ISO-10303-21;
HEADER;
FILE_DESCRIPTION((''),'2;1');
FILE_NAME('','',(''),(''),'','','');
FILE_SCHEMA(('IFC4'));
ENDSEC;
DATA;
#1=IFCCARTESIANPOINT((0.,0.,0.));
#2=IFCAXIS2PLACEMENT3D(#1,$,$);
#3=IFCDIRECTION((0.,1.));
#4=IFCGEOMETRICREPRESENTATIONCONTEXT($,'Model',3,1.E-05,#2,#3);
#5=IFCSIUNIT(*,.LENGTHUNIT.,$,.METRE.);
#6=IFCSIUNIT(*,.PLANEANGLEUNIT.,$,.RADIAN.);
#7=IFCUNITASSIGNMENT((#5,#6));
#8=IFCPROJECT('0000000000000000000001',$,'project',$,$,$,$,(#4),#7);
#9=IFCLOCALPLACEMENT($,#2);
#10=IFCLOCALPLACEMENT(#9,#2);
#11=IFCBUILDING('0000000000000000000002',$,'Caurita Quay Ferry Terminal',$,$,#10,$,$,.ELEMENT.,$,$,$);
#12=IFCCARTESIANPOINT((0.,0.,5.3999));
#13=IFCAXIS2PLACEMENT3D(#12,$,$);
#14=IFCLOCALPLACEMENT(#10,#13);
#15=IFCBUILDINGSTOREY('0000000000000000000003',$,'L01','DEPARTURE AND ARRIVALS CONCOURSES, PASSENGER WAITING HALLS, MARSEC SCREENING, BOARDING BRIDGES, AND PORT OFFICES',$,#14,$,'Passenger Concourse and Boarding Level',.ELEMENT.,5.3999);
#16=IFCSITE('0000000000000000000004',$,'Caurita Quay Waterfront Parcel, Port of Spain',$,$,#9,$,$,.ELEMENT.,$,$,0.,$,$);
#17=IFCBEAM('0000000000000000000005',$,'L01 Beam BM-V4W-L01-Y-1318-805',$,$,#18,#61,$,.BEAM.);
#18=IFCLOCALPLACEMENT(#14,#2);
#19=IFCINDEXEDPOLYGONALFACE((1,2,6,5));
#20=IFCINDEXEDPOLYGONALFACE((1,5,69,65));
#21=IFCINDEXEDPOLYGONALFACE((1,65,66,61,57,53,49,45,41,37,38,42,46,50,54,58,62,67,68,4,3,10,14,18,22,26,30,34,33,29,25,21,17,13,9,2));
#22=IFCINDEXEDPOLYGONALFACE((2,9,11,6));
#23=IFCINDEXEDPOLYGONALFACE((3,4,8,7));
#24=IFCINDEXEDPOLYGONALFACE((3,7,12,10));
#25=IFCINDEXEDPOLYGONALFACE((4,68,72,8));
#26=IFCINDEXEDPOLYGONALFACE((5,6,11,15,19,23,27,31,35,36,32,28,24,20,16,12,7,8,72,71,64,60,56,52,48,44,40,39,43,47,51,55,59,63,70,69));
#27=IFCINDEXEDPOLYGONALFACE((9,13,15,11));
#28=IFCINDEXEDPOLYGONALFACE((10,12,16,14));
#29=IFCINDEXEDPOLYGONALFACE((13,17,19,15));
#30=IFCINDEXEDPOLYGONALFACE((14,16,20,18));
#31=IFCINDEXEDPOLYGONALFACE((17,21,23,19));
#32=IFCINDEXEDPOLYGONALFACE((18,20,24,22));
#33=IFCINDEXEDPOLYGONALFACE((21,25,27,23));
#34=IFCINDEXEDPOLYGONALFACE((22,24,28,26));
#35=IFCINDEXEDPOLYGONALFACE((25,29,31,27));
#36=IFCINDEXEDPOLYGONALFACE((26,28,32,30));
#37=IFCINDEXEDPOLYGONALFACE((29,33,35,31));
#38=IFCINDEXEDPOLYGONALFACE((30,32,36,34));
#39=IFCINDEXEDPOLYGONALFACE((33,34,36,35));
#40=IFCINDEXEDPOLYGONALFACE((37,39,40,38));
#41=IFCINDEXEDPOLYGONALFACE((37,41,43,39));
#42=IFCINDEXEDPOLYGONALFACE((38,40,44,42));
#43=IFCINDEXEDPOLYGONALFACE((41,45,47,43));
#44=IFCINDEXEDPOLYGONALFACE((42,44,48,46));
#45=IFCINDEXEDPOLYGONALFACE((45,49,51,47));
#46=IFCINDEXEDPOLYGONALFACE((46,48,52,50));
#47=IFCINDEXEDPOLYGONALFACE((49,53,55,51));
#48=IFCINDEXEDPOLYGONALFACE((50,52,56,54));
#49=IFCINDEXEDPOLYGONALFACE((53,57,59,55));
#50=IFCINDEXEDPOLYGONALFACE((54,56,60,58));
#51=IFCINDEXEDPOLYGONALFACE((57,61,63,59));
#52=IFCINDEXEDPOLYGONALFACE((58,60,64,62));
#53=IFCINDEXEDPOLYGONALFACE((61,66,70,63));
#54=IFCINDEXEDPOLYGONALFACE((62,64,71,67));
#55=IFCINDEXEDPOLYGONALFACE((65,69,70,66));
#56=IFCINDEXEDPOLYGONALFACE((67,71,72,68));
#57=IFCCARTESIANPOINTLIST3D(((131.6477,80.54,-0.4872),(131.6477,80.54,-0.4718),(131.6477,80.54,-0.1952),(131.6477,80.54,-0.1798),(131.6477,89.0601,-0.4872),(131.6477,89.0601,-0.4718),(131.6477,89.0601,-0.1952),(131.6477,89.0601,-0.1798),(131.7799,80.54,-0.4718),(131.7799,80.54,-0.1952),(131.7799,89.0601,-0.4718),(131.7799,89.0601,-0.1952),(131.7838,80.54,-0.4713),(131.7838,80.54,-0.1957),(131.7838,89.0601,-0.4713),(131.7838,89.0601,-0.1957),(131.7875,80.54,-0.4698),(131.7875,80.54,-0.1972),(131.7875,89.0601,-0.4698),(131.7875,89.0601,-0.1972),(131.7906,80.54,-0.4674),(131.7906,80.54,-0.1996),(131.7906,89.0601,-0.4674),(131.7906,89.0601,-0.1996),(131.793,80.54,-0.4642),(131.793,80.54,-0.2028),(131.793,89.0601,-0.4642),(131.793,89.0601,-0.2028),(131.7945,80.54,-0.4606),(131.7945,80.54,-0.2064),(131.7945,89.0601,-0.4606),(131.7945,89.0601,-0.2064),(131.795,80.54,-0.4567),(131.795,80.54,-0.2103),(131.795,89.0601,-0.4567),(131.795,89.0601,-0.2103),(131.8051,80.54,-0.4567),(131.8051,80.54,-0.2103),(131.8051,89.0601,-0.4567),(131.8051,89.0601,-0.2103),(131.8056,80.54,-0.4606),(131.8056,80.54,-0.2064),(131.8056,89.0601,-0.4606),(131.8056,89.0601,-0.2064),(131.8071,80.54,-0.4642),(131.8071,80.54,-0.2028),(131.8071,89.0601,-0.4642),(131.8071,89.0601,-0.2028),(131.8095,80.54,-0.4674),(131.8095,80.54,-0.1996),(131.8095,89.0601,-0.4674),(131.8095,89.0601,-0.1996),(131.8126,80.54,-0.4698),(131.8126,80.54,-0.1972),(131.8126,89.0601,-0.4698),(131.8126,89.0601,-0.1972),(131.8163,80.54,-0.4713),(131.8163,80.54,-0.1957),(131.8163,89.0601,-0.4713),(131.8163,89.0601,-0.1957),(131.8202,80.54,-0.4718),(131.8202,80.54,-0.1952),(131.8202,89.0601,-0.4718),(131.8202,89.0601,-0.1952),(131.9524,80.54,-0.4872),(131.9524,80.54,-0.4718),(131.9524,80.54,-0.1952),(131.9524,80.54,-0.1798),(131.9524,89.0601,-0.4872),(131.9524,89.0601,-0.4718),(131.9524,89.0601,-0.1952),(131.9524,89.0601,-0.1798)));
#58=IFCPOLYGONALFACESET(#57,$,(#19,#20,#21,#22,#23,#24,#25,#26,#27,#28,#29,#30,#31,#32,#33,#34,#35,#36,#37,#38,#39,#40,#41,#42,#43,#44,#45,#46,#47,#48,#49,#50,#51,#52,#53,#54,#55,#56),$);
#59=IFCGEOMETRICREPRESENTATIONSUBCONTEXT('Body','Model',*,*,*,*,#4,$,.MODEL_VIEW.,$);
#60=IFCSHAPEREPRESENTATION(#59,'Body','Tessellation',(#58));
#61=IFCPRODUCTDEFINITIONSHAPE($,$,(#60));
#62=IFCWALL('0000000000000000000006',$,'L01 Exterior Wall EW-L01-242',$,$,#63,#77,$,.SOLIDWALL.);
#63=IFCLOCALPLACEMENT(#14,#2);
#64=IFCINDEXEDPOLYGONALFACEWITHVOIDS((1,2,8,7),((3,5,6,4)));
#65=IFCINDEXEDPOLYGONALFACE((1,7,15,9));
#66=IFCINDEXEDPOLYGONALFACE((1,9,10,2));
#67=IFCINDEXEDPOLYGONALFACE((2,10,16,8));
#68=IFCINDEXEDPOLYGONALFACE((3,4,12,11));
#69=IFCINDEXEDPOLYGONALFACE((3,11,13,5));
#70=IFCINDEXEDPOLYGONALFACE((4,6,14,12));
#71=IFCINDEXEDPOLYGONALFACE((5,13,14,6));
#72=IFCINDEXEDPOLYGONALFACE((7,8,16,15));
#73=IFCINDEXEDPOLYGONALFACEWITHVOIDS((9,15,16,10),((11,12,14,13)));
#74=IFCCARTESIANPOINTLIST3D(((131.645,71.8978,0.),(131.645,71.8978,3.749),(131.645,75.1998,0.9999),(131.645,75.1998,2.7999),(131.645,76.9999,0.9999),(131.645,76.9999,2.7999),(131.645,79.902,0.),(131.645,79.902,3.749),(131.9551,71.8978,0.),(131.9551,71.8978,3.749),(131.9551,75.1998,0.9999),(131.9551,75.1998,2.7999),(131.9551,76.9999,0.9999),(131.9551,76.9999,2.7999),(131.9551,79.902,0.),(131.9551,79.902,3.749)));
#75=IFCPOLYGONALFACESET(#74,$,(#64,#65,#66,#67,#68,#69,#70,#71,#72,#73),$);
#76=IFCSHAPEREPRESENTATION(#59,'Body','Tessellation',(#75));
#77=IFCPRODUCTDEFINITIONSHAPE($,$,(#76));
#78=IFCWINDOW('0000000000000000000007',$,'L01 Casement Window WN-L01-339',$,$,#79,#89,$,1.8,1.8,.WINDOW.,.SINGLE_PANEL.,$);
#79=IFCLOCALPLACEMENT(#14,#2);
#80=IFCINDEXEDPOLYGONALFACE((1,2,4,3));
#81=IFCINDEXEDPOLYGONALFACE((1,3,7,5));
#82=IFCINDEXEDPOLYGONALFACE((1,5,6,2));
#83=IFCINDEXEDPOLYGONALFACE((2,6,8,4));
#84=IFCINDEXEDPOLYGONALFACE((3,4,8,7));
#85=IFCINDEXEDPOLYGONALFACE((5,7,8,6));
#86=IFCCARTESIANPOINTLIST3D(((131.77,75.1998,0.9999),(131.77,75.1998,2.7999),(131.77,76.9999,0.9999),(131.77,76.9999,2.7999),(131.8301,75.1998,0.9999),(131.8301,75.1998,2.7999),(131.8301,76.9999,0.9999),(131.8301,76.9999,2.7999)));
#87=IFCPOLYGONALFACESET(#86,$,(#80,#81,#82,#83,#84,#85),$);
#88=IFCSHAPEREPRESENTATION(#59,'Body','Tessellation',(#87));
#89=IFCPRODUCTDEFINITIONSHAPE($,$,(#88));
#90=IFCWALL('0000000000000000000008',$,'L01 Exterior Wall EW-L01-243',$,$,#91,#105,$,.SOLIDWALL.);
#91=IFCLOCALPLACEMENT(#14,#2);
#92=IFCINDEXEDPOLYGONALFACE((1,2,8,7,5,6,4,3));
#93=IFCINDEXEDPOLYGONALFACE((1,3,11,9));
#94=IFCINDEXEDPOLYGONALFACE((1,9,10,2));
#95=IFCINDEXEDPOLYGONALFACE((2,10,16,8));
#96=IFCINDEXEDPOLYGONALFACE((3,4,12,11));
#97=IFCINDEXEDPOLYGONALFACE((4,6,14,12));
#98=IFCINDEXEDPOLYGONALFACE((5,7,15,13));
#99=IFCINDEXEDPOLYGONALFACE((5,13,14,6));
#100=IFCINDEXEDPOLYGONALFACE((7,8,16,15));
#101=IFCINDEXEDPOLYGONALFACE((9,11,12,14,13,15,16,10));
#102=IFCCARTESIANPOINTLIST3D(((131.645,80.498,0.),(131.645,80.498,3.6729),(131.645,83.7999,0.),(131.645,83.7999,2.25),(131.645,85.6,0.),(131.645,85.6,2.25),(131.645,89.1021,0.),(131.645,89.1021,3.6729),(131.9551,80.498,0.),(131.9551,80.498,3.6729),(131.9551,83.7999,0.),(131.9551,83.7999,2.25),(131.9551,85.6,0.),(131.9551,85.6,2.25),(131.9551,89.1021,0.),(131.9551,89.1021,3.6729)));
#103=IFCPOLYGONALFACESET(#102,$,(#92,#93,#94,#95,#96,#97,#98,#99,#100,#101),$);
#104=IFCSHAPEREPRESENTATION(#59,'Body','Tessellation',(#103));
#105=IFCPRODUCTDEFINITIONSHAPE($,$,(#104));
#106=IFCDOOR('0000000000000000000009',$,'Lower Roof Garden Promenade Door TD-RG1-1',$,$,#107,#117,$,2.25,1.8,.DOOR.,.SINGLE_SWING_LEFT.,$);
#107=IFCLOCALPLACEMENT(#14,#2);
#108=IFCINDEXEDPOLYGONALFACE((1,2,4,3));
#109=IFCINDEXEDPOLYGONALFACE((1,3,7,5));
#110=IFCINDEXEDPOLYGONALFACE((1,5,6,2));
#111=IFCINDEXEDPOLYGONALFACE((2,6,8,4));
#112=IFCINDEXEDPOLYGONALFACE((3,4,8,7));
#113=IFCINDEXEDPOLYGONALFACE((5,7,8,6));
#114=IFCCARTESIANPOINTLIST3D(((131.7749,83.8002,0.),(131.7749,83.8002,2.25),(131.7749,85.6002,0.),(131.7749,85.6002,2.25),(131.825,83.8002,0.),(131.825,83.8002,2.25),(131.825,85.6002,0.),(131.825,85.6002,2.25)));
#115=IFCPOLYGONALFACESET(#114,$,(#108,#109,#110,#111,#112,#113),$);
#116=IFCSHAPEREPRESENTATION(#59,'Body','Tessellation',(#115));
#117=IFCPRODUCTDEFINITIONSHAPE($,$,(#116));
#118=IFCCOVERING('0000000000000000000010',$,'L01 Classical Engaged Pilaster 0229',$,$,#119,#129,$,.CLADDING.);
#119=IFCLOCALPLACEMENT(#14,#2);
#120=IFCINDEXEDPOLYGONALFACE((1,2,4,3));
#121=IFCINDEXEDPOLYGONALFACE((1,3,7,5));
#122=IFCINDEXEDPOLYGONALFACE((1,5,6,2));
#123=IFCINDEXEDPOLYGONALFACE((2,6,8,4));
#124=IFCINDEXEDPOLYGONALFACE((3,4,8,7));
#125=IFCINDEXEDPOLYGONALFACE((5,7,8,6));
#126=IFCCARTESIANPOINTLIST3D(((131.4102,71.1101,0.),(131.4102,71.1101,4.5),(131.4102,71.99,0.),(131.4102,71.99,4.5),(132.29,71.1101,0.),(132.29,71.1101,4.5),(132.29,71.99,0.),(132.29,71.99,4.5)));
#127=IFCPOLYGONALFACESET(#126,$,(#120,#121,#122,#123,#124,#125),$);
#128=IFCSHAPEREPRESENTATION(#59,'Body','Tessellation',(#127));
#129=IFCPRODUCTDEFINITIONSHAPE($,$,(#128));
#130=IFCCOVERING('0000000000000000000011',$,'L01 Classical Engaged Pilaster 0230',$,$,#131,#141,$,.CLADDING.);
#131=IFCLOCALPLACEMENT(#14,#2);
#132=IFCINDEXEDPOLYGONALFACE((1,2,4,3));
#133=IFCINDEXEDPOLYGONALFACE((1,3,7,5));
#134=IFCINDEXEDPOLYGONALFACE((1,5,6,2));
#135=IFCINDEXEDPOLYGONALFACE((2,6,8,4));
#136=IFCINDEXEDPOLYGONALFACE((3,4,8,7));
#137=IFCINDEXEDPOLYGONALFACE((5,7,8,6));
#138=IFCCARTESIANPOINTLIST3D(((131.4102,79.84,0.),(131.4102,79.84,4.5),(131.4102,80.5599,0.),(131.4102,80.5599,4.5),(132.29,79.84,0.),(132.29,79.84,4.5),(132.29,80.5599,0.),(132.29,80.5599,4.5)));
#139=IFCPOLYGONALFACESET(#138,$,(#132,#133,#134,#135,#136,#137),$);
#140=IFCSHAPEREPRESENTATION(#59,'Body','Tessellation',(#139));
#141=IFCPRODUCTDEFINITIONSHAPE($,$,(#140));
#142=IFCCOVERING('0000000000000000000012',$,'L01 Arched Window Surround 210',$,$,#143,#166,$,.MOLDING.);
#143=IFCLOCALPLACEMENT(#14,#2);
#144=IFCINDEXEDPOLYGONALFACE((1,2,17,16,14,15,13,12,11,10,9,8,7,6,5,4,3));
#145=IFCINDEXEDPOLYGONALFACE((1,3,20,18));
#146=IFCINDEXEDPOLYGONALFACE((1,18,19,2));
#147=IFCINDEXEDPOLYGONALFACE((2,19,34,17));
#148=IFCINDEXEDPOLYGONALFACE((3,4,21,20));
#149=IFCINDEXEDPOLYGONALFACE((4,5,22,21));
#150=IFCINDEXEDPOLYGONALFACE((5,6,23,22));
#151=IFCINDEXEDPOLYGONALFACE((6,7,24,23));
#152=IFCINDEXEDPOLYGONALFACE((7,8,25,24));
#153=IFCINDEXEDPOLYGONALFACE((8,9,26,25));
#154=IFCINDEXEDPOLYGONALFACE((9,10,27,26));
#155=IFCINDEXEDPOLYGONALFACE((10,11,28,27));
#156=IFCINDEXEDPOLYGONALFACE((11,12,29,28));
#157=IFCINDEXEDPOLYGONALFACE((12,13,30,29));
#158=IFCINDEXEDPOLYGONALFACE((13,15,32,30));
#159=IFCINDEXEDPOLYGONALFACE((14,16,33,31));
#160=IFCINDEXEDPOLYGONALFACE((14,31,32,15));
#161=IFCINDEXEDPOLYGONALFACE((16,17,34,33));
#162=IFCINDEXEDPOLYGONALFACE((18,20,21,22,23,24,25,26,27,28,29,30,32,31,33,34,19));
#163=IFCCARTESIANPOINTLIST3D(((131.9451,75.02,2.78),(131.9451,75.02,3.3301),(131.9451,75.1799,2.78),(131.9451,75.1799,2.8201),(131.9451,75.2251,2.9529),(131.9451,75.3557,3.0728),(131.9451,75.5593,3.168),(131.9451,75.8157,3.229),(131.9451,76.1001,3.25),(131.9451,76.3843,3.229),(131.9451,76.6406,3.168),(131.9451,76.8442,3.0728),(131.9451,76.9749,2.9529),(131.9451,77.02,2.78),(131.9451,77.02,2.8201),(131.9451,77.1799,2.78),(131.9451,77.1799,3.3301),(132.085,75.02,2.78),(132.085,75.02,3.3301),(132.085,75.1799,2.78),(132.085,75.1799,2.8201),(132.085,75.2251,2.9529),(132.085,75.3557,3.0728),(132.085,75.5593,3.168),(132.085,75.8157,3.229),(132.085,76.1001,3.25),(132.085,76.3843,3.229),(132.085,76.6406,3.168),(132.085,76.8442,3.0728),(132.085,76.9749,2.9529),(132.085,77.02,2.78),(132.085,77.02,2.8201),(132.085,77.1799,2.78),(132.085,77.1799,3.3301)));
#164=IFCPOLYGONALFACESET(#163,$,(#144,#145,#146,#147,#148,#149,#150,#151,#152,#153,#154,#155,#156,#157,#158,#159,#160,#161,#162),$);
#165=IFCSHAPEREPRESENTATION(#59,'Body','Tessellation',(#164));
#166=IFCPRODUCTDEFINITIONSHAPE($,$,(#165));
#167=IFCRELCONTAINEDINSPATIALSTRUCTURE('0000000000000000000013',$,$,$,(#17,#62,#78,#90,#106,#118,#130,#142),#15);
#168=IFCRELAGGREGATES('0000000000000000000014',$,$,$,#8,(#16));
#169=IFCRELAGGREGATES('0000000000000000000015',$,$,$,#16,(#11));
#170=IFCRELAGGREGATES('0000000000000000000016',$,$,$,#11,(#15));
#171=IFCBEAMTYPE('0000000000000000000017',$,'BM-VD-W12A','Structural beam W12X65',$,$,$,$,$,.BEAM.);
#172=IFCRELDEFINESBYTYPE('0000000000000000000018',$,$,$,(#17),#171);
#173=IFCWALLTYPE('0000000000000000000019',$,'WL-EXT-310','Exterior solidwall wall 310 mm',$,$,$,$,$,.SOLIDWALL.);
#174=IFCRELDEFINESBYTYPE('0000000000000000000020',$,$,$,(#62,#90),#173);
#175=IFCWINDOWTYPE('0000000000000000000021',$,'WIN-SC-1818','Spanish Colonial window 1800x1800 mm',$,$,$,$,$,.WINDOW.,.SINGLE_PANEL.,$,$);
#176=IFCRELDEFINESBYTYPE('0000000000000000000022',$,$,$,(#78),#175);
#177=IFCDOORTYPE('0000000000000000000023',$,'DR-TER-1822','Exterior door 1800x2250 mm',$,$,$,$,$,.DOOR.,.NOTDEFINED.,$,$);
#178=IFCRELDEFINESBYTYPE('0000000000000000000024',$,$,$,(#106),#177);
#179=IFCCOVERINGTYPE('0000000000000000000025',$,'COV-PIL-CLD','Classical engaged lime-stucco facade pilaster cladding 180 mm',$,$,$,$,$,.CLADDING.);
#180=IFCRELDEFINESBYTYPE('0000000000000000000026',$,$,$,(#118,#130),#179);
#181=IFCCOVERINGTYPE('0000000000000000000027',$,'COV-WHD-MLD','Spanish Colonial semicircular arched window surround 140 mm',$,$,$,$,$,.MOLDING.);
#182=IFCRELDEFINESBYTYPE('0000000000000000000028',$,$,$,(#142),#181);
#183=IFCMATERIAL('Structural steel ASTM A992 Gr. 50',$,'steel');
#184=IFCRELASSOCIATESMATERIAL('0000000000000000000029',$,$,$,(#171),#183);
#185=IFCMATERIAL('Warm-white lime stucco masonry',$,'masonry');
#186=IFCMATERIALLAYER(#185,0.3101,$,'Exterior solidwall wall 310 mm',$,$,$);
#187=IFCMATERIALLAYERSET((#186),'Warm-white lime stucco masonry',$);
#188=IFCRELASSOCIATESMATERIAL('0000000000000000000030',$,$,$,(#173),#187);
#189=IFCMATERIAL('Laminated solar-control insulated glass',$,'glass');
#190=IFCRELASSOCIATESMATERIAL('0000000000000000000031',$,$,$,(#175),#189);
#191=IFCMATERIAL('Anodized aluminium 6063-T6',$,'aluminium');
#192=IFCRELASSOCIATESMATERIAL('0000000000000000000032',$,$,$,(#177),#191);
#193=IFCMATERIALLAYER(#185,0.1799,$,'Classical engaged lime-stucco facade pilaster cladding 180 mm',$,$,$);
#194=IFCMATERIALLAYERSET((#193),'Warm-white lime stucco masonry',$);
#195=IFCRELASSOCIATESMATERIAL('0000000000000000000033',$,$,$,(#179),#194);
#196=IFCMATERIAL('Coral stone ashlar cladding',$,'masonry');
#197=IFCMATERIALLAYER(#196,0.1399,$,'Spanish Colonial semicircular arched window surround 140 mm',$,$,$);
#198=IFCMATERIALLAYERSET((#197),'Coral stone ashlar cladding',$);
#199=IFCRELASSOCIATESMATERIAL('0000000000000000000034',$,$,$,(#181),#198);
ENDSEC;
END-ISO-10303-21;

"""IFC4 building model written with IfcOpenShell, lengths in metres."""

from ifc_helpers import new_model, si_unit, direction, frame, frame_2d, origin, origin_2d, place, context, subcontext, project, spatial, polyline, rectangle, i_section, outline, extrude, material, layer, layer_set, material_profile, profile_set, type_object, element, fill, save


model = new_model("IFC4")

# Units and contexts
model_context = context("Model", 3, precision=1e-05, world=origin(), true_north=direction((0.0, 1.0)))
body_context = subcontext(model_context, "Body", "Model", "MODEL_VIEW")
ifc_project = project(units=[si_unit("LENGTHUNIT", "METRE"), si_unit("PLANEANGLEUNIT", "RADIAN")], contexts=[model_context])

# Site, building, storey
site_placement = place(None, origin())
site = spatial("IfcSite", under=ifc_project, at=site_placement, Name="Caurita Quay Waterfront Parcel, Port of Spain", CompositionType="ELEMENT", RefElevation=0.0)
building_placement = place(site_placement, origin())
building = spatial("IfcBuilding", under=site, at=building_placement, Name="Caurita Quay Ferry Terminal", CompositionType="ELEMENT")
storey_placement = place(building_placement, frame((0.0, 0.0, 5.3999)))
storey = spatial("IfcBuildingStorey", under=building, at=storey_placement, Name="L01", Description="DEPARTURE AND ARRIVALS CONCOURSES, PASSENGER WAITING HALLS, MARSEC SCREENING, BOARDING BRIDGES, AND PORT OFFICES", LongName="Passenger Concourse and Boarding Level", CompositionType="ELEMENT", Elevation=5.3999)

# Beam
ifc_material_1 = material(Name="Structural steel ASTM A992 Gr. 50", Category="steel")
ifc_material_profile_1 = material_profile(ifc_material_1, i_section(OverallWidth=0.3047, OverallDepth=0.3074, WebThickness=0.01, FlangeThickness=0.0154, FilletRadius=0.0151, at=origin_2d()), Name="W12X65")
ifc_profile_set_1 = profile_set([ifc_material_profile_1], Name="Structural steel ASTM A992 Gr. 50")
beam_type_1 = type_object("IfcBeamType", Name="BM-VD-W12A", Description="Structural beam W12X65", PredefinedType="BEAM", material=ifc_profile_set_1)
beam_1_placement = place(storey_placement, frame((131.8, 80.54, -0.3335), z_axis=(0.0, 1.0, 0.0), x_axis=(-1.0, 0.0, 0.0)))
element("IfcBeam", 1, at=beam_1_placement, inside=storey, type_object=beam_type_1, Name="L01 Beam BM-V4W-L01-Y-1318-805", PredefinedType="BEAM", context=body_context, shape_type="SweptSolid", body=[
    extrude(i_section(OverallWidth=0.3047, OverallDepth=0.3074, WebThickness=0.01, FlangeThickness=0.0154, FilletRadius=0.0151, at=origin_2d()), origin(), (0.0, 0.0, 1.0), 8.52),
])

# Wall, opening, window
ifc_material_2 = material(Name="Warm-white lime stucco masonry", Category="masonry")
ifc_layer_1 = layer(ifc_material_2, 0.3101, Name="Exterior solidwall wall 310 mm")
ifc_layer_set_1 = layer_set([ifc_layer_1], Name="Warm-white lime stucco masonry")
wall_type = type_object("IfcWallType", Name="WL-EXT-310", Description="Exterior solidwall wall 310 mm", PredefinedType="SOLIDWALL", material=ifc_layer_set_1)
wall_1_placement = place(storey_placement, frame((131.8, 71.8979, 0.0), z_axis=(0.0, 0.0, 1.0), x_axis=(0.0, 1.0, 0.0)))
wall_1 = element("IfcWall", 2, at=wall_1_placement, inside=storey, type_object=wall_type, Name="L01 Exterior Wall EW-L01-242", PredefinedType="SOLIDWALL", context=body_context, shape_type="SweptSolid", body=[
    extrude(rectangle(XDim=8.0042, YDim=0.3101, at=frame_2d((4.002, 0.0))), origin(), (0.0, 0.0, 1.0), 3.749),
])
opening_1_placement = place(wall_1_placement, frame((3.302, 0.0, 1.0)))
opening_1 = element("IfcOpeningElement", 3, at=opening_1_placement, cuts=wall_1, PredefinedType="OPENING", context=body_context, shape_type="SweptSolid", body=[
    extrude(rectangle(XDim=1.8, YDim=1.8, at=frame_2d((0.8999, 0.8999))), frame((0.0, 0.165, 0.0), z_axis=(0.0, -1.0, 0.0), x_axis=(1.0, 0.0, 0.0)), (0.0, 0.0, 1.0), 0.3301),
])
ifc_material_3 = material(Name="Laminated solar-control insulated glass", Category="glass")
window_type = type_object("IfcWindowType", Name="WIN-SC-1818", Description="Spanish Colonial window 1800x1800 mm", PartitioningType="SINGLE_PANEL", PredefinedType="WINDOW", material=ifc_material_3)
window_placement = place(opening_1_placement, origin())
window = element("IfcWindow", 4, at=window_placement, inside=storey, type_object=window_type, Name="L01 Casement Window WN-L01-339", OverallHeight=1.8, OverallWidth=1.8, PartitioningType="SINGLE_PANEL", PredefinedType="WINDOW", context=body_context, shape_type="SweptSolid", body=[
    extrude(rectangle(XDim=1.8, YDim=1.8, at=frame_2d((0.8999, 0.8999))), frame((0.0, 0.03, 0.0), z_axis=(0.0, -1.0, 0.0), x_axis=(1.0, 0.0, 0.0)), (0.0, 0.0, 1.0), 0.0601),
])
fill(opening_1, window)

# Wall, opening, door
wall_2_placement = place(storey_placement, frame((131.8, 80.498, 0.0), z_axis=(0.0, 0.0, 1.0), x_axis=(0.0, 1.0, 0.0)))
wall_2 = element("IfcWall", 5, at=wall_2_placement, inside=storey, type_object=wall_type, Name="L01 Exterior Wall EW-L01-243", PredefinedType="SOLIDWALL", context=body_context, shape_type="SweptSolid", body=[
    extrude(rectangle(XDim=8.604, YDim=0.3101, at=frame_2d((4.302, 0.0))), origin(), (0.0, 0.0, 1.0), 3.6729),
])
opening_2_placement = place(wall_2_placement, frame((3.302, 0.0, 0.0)))
opening_2 = element("IfcOpeningElement", 6, at=opening_2_placement, cuts=wall_2, PredefinedType="OPENING", context=body_context, shape_type="SweptSolid", body=[
    extrude(rectangle(XDim=1.8, YDim=2.25, at=frame_2d((0.8999, 1.125))), frame((0.0, 0.165, 0.0), z_axis=(0.0, -1.0, 0.0), x_axis=(1.0, 0.0, 0.0)), (0.0, 0.0, 1.0), 0.3301),
])
ifc_material_4 = material(Name="Anodized aluminium 6063-T6", Category="aluminium")
door_type = type_object("IfcDoorType", Name="DR-TER-1822", Description="Exterior door 1800x2250 mm", OperationType="NOTDEFINED", PredefinedType="DOOR", material=ifc_material_4)
door_placement = place(opening_2_placement, frame((1.8, 0.0, 0.0), z_axis=(0.0, 0.0, 1.0), x_axis=(-1.0, 0.0, 0.0)))
door = element("IfcDoor", 7, at=door_placement, inside=storey, type_object=door_type, Name="Lower Roof Garden Promenade Door TD-RG1-1", OperationType="SINGLE_SWING_LEFT", OverallHeight=2.25, OverallWidth=1.8, PredefinedType="DOOR", context=body_context, shape_type="SweptSolid", body=[
    extrude(rectangle(XDim=1.8, YDim=2.25, at=frame_2d((0.8999, 1.125))), frame((0.0, 0.0249, 0.0), z_axis=(0.0, -1.0, 0.0), x_axis=(1.0, 0.0, 0.0)), (0.0, 0.0, 1.0), 0.05),
])
fill(opening_2, door)

# Coverings
ifc_layer_2 = layer(ifc_material_2, 0.1799, Name="Classical engaged lime-stucco facade pilaster cladding 180 mm")
ifc_layer_set_2 = layer_set([ifc_layer_2], Name="Warm-white lime stucco masonry")
covering_type_1 = type_object("IfcCoveringType", Name="COV-PIL-CLD", Description="Classical engaged lime-stucco facade pilaster cladding 180 mm", PredefinedType="CLADDING", material=ifc_layer_set_2)
covering_1_placement = place(storey_placement, frame((131.8501, 71.55, 0.0), z_axis=(0.0, 0.0, 1.0), x_axis=(1.0, 0.0, 0.0)))
element("IfcCovering", 8, at=covering_1_placement, inside=storey, type_object=covering_type_1, Name="L01 Classical Engaged Pilaster 0229", PredefinedType="CLADDING", context=body_context, shape_type="SweptSolid", body=[
    extrude(rectangle(XDim=0.8799, YDim=0.8799, at=origin_2d()), origin(), (0.0, 0.0, 1.0), 4.5),
])
covering_2_placement = place(storey_placement, frame((131.8501, 80.2, 0.0), z_axis=(0.0, 0.0, 1.0), x_axis=(1.0, 0.0, 0.0)))
element("IfcCovering", 9, at=covering_2_placement, inside=storey, type_object=covering_type_1, Name="L01 Classical Engaged Pilaster 0230", PredefinedType="CLADDING", context=body_context, shape_type="SweptSolid", body=[
    extrude(rectangle(XDim=0.8799, YDim=0.72, at=origin_2d()), origin(), (0.0, 0.0, 1.0), 4.5),
])
ifc_material_5 = material(Name="Coral stone ashlar cladding", Category="masonry")
ifc_layer_3 = layer(ifc_material_5, 0.1399, Name="Spanish Colonial semicircular arched window surround 140 mm")
ifc_layer_set_3 = layer_set([ifc_layer_3], Name="Coral stone ashlar cladding")
covering_type_2 = type_object("IfcCoveringType", Name="COV-WHD-MLD", Description="Spanish Colonial semicircular arched window surround 140 mm", PredefinedType="MOLDING", material=ifc_layer_set_3)
covering_3_placement = place(storey_placement, frame((132.0149, 75.02, 2.78), z_axis=(0.0, 0.0, 1.0), x_axis=(0.0, 1.0, 0.0)))
element("IfcCovering", 10, at=covering_3_placement, inside=storey, type_object=covering_type_2, Name="L01 Arched Window Surround 210", PredefinedType="MOLDING", context=body_context, shape_type="SweptSolid", body=[
    extrude(outline(polyline([(0.0, 0.0), (0.1599, 0.0), (0.1599, 0.04), (0.2051, 0.1729), (0.3357, 0.2927), (0.5393, 0.3879), (0.7957, 0.449), (1.0801, 0.47), (1.3643, 0.449), (1.6206, 0.3879), (1.8242, 0.2927), (1.9548, 0.1729), (2.0, 0.04), (2.0, 0.0), (2.1599, 0.0), (2.1599, 0.55), (0.0, 0.55), (0.0, 0.0)])), frame((0.0, 0.0698, 0.0), z_axis=(0.0, -1.0, 0.0), x_axis=(1.0, 0.0, 0.0)), (0.0, 0.0, 1.0), 0.1399),
])

save(model, "model.ifc")
